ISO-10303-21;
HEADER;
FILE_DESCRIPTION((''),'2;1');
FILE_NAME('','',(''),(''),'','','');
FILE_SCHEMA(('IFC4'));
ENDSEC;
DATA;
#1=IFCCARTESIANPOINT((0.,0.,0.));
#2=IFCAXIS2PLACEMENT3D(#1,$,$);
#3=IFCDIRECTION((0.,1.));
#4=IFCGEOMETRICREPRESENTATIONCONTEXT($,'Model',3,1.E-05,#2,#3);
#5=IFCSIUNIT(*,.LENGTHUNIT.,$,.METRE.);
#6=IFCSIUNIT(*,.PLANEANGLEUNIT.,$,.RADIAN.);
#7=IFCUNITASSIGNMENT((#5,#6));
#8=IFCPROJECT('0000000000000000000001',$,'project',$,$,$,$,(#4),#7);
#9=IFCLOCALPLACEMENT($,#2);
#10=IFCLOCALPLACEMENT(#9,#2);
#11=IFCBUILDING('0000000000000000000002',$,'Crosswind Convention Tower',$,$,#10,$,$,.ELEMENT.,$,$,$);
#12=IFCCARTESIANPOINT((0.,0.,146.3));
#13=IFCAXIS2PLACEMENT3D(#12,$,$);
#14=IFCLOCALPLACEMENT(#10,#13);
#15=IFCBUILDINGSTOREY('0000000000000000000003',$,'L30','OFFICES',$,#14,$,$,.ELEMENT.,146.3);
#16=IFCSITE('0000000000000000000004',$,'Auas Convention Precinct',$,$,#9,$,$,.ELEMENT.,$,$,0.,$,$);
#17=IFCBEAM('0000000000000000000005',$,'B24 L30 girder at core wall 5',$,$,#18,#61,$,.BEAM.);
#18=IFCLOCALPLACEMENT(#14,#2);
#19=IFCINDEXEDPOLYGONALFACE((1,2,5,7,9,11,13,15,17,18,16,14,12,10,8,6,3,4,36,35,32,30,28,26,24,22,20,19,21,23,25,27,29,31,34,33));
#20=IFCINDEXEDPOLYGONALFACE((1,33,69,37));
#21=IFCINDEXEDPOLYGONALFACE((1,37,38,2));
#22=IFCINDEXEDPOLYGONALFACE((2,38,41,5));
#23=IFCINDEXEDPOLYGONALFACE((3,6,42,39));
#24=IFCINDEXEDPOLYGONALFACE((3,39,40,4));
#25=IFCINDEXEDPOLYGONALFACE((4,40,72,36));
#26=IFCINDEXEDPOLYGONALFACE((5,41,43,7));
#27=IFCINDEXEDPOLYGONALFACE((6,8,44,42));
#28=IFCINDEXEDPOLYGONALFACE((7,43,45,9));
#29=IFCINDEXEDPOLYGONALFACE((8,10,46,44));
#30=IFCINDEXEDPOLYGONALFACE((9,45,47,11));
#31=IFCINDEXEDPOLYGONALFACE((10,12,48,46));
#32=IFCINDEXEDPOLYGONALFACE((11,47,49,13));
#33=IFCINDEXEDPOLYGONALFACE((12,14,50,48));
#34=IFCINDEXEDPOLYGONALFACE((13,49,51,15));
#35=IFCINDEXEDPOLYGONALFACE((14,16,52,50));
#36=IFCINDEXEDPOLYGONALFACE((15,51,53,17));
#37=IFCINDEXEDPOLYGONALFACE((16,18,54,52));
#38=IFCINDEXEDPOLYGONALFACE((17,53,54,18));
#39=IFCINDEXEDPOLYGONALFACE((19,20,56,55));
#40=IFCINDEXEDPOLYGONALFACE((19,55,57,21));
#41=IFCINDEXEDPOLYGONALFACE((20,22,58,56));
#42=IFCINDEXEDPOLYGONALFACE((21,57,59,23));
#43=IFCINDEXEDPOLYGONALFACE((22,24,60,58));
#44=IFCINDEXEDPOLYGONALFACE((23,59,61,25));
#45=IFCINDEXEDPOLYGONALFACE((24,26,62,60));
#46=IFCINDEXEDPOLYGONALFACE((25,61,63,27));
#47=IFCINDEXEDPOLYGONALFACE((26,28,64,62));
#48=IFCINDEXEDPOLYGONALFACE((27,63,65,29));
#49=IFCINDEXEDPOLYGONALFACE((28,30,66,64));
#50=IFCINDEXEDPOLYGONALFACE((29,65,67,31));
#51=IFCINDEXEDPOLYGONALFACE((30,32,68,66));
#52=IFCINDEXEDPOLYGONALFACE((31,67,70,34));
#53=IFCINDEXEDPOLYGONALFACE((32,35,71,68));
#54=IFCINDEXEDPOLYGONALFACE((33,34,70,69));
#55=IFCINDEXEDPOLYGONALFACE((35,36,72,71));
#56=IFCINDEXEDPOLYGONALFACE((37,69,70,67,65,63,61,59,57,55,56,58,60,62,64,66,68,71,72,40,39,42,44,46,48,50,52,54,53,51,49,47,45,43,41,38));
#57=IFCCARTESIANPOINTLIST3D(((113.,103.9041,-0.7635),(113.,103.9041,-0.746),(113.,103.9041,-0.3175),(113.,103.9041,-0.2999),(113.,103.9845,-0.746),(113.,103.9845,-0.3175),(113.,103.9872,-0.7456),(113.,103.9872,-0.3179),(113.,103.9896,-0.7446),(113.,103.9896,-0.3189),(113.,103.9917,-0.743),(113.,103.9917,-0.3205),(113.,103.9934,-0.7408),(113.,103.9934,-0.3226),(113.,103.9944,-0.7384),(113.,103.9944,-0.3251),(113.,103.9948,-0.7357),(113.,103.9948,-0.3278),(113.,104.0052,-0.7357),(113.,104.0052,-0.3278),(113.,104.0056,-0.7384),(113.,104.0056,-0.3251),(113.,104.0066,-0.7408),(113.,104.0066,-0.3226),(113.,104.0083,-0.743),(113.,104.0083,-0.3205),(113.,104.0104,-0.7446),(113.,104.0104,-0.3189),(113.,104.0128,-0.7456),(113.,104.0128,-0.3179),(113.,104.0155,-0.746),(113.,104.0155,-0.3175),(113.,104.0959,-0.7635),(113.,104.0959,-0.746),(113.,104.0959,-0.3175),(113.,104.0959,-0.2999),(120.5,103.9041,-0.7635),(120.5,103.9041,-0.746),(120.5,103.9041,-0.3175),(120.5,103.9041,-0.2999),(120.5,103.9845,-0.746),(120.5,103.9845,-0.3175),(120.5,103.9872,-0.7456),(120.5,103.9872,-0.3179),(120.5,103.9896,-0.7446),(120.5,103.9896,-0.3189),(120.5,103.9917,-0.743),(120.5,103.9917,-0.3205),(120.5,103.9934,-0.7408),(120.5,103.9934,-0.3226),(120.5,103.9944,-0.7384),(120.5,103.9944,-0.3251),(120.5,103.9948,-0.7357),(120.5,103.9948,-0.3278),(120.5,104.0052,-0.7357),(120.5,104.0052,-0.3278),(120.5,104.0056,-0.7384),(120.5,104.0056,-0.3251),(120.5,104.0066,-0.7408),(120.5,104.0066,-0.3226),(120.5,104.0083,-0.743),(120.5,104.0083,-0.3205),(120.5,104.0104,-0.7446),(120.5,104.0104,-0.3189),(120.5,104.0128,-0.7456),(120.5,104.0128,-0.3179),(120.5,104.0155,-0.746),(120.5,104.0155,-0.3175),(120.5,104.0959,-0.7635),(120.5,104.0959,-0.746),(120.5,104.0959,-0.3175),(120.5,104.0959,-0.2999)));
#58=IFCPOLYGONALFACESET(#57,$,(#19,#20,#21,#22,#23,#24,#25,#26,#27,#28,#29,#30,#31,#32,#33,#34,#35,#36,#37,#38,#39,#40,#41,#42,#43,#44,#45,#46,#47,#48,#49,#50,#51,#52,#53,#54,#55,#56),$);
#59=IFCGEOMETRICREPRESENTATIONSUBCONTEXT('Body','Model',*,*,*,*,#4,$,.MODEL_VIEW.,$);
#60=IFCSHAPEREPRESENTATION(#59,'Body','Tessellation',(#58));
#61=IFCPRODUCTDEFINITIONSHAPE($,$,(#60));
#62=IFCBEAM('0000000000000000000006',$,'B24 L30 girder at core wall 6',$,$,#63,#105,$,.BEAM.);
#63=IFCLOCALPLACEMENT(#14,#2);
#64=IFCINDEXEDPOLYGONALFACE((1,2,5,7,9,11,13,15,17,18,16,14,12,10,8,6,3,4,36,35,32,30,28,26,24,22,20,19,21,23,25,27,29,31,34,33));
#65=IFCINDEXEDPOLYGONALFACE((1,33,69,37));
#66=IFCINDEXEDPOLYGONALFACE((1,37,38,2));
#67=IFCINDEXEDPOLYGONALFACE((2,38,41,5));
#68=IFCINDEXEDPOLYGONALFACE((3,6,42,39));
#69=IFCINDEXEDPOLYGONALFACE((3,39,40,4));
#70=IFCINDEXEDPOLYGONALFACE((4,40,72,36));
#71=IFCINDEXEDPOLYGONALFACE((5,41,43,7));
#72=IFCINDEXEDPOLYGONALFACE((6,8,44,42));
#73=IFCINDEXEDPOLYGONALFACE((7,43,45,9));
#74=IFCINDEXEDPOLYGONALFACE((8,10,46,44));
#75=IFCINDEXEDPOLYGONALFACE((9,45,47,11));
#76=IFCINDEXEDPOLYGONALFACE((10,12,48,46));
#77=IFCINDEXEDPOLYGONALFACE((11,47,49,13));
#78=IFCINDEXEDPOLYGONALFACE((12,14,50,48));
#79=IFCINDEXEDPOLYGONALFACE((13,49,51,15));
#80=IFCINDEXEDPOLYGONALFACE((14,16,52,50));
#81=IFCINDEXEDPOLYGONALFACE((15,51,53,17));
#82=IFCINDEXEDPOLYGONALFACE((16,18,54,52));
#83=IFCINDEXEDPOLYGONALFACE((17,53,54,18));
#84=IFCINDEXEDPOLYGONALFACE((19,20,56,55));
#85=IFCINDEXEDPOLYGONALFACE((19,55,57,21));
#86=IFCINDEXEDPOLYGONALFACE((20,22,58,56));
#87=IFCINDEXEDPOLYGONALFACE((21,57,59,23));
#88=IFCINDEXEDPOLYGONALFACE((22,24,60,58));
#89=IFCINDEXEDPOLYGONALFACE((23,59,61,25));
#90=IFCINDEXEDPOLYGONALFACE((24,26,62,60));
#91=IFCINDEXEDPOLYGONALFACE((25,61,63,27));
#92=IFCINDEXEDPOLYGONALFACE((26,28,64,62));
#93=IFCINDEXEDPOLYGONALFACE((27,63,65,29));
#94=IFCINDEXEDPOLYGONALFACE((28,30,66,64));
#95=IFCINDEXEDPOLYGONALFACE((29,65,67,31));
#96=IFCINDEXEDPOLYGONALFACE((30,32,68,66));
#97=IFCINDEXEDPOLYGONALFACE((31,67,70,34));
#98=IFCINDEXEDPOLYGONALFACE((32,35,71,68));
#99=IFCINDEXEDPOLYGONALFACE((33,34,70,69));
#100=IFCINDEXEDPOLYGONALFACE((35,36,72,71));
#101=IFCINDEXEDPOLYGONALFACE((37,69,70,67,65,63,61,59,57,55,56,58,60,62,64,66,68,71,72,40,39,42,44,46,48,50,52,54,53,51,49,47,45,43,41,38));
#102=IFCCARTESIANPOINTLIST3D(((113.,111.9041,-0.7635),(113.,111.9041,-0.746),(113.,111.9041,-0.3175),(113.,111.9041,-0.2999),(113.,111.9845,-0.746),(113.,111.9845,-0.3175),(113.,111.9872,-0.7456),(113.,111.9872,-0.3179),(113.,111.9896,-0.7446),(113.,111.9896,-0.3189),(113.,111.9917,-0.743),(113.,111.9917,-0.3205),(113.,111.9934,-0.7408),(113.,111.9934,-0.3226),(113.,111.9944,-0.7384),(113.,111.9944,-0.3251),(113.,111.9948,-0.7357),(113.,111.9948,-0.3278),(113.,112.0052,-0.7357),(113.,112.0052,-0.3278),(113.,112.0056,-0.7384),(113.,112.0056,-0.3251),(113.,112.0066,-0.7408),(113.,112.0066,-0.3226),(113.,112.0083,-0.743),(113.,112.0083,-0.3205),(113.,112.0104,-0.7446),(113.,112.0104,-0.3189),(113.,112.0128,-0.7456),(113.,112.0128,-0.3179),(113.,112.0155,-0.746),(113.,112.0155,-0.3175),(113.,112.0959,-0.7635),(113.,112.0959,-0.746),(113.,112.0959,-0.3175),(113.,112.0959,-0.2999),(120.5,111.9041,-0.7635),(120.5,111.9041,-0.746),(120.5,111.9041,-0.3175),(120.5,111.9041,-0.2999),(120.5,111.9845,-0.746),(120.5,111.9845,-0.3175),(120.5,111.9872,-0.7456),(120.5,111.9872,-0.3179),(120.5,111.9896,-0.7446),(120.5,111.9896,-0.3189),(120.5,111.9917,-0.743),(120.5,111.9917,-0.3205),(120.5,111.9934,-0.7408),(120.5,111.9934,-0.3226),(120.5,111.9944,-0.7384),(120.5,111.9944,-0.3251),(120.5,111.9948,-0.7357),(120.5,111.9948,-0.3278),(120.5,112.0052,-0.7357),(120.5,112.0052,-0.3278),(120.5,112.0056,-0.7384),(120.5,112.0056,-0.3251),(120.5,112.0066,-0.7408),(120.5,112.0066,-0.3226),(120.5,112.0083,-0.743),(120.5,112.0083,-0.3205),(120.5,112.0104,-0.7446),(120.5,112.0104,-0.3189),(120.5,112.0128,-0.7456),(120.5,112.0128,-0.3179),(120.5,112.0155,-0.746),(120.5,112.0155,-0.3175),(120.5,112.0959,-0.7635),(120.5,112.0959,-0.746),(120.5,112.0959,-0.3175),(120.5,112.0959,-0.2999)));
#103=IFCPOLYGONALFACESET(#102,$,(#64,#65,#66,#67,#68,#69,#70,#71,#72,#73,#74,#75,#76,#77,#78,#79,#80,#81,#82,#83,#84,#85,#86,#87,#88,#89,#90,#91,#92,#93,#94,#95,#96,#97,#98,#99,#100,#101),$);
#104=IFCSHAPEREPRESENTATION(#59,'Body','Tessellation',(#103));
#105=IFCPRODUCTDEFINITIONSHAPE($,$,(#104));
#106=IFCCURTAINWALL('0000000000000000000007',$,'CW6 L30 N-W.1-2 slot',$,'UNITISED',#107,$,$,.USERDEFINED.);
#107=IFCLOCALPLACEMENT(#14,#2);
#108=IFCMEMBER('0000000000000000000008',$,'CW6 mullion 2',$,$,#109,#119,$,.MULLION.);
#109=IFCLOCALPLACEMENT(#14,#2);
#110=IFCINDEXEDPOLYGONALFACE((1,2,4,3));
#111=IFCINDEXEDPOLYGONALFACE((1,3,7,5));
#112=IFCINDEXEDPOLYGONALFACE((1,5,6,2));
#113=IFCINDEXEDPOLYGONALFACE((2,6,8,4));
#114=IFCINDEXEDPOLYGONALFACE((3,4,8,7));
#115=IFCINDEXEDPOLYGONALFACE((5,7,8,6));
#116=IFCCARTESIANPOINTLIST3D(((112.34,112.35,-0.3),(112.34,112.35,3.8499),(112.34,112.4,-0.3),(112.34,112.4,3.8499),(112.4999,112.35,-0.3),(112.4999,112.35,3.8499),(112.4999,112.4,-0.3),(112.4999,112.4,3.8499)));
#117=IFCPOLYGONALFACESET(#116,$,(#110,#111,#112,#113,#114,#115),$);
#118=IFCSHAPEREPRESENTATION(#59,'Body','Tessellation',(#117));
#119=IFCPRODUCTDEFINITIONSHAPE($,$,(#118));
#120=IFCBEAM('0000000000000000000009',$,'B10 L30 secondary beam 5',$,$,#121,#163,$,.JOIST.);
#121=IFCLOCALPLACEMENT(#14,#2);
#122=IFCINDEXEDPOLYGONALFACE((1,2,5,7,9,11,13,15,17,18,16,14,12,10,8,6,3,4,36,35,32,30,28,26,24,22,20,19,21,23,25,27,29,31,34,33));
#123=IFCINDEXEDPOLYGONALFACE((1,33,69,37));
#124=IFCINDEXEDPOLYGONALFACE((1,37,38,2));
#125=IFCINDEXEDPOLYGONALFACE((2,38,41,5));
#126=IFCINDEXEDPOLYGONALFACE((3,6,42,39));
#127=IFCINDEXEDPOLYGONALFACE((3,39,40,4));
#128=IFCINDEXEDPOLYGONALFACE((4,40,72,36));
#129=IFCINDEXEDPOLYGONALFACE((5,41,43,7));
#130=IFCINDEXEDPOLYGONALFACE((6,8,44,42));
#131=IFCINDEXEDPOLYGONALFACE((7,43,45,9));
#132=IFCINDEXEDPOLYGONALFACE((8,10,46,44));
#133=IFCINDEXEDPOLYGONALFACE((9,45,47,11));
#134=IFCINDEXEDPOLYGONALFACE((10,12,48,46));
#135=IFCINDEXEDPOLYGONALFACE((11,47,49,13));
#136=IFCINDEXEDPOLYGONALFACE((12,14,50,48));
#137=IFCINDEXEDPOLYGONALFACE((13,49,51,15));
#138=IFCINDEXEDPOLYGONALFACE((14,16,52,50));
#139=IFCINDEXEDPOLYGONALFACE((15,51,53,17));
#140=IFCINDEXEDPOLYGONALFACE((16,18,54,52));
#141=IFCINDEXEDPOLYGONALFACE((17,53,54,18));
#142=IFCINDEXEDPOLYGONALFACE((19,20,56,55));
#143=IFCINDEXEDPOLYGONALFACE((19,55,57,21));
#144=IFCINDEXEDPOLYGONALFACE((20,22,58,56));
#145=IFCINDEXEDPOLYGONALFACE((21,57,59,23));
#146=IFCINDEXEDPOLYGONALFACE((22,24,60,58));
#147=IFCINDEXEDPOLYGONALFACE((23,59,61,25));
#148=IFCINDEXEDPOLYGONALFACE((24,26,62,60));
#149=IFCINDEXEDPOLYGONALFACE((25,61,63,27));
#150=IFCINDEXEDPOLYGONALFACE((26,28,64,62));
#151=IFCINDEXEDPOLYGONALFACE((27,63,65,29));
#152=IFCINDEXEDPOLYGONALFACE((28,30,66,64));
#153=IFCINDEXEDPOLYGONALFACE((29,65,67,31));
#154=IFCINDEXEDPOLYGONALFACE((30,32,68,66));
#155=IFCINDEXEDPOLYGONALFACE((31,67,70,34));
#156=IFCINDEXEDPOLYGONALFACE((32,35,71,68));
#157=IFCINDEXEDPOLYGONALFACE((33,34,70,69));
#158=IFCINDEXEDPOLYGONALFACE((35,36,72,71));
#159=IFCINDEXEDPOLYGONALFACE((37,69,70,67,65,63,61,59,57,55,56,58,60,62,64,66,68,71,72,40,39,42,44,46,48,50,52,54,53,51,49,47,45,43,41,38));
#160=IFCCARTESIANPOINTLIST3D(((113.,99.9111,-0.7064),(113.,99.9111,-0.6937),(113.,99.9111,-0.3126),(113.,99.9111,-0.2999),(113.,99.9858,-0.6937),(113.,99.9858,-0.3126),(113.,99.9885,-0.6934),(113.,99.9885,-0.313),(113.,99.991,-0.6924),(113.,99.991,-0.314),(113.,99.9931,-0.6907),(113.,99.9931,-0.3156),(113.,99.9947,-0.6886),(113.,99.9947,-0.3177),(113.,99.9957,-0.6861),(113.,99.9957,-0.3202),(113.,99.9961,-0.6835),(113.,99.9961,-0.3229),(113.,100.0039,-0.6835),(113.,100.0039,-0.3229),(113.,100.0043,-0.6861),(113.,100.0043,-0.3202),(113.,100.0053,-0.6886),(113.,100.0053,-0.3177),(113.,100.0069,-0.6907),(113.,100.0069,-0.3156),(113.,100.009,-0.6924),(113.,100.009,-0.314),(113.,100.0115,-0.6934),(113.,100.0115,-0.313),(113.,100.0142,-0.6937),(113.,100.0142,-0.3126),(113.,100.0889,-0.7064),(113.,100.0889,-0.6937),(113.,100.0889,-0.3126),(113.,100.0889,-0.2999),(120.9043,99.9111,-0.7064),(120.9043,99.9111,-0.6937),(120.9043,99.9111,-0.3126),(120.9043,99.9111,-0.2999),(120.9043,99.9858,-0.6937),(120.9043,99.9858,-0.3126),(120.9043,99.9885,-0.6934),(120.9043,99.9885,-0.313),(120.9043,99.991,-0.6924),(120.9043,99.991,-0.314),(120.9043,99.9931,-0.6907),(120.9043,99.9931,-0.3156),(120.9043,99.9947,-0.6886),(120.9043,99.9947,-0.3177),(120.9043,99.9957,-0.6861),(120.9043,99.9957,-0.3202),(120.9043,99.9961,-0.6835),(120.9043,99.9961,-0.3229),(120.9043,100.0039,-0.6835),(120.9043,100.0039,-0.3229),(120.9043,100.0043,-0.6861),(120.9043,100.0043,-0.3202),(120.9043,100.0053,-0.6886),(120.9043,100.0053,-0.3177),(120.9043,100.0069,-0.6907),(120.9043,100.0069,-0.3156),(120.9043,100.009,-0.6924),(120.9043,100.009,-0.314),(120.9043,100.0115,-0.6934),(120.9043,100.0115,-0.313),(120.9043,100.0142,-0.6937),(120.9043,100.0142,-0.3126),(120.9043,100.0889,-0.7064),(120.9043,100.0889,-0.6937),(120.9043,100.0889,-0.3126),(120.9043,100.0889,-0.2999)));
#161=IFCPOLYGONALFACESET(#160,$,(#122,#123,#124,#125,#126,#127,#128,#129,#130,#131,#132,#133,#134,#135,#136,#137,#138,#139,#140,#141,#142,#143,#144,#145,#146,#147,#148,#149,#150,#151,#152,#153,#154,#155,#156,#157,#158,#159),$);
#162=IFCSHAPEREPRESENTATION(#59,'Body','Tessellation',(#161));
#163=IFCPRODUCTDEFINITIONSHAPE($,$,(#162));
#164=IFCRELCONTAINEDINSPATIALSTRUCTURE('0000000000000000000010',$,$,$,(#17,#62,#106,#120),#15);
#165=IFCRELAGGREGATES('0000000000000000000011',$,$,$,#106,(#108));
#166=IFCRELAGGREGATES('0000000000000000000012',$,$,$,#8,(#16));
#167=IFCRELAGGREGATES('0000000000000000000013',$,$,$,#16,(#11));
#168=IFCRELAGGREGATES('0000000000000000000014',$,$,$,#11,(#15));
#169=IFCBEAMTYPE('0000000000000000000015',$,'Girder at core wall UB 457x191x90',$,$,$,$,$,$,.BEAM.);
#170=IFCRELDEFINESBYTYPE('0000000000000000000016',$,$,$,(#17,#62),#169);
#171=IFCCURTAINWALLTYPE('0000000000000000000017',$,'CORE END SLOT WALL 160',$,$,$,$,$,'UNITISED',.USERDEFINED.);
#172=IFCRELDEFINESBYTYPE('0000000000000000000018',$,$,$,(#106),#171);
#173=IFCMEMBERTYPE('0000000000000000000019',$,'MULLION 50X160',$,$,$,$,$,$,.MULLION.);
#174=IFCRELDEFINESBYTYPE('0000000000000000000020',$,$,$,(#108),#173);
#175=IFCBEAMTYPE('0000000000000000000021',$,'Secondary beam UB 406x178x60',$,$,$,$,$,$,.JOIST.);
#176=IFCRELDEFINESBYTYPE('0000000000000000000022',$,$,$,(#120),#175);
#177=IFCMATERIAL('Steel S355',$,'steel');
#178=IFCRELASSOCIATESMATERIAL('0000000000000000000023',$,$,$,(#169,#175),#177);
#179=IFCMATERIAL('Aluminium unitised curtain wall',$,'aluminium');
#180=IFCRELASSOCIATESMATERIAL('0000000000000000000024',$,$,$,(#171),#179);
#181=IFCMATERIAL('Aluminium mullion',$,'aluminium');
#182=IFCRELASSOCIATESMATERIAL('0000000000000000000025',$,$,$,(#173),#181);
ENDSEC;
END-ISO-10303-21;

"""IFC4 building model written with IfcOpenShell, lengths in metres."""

from ifc_helpers import new_model, si_unit, direction, frame, origin, origin_2d, place, context, subcontext, project, spatial, rectangle, i_section, extrude, material, material_profile, profile_set, type_object, element, aggregate, save


model = new_model("IFC4")

# Units and contexts
model_context = context("Model", 3, precision=1e-05, world=origin(), true_north=direction((0.0, 1.0)))
body_context = subcontext(model_context, "Body", "Model", "MODEL_VIEW")
ifc_project = project(units=[si_unit("LENGTHUNIT", "METRE"), si_unit("PLANEANGLEUNIT", "RADIAN")], contexts=[model_context])

# Site, building, storey
site_placement = place(None, origin())
site = spatial("IfcSite", under=ifc_project, at=site_placement, Name="Auas Convention Precinct", CompositionType="ELEMENT", RefElevation=0.0)
building_placement = place(site_placement, origin())
building = spatial("IfcBuilding", under=site, at=building_placement, Name="Crosswind Convention Tower", CompositionType="ELEMENT")
storey_placement = place(building_placement, frame((0.0, 0.0, 146.3)))
storey = spatial("IfcBuildingStorey", under=building, at=storey_placement, Name="L30", Description="OFFICES", CompositionType="ELEMENT", Elevation=146.3)

# Beams
ifc_material_1 = material(Name="Steel S355", Category="steel")
ifc_material_profile_1 = material_profile(ifc_material_1, i_section(OverallWidth=0.1919, OverallDepth=0.4636, WebThickness=0.0105, FlangeThickness=0.0176, FilletRadius=0.0103, at=origin_2d()), Name="UB 457x191x90")
ifc_profile_set_1 = profile_set([ifc_material_profile_1], Name="Steel S355")
beam_type_1 = type_object("IfcBeamType", Name="Girder at core wall UB 457x191x90", PredefinedType="BEAM", material=ifc_profile_set_1)
for number, where, z_axis, x_axis, name in (
    (1, (113.0, 104.0, -0.5317), (1.0, 0.0, 0.0), (0.0, 1.0, 0.0), "B24 L30 girder at core wall 5"),
    (2, (113.0, 112.0, -0.5317), (1.0, 0.0, 0.0), (0.0, 1.0, 0.0), "B24 L30 girder at core wall 6"),
):
    element("IfcBeam", number, at=place(storey_placement, frame(where, z_axis=z_axis, x_axis=x_axis)), inside=storey, type_object=beam_type_1, Name=name, PredefinedType="BEAM", context=body_context, shape_type="SweptSolid", body=[
        extrude(i_section(OverallWidth=0.1919, OverallDepth=0.4636, WebThickness=0.0105, FlangeThickness=0.0176, FilletRadius=0.0103, at=origin_2d()), origin(), (0.0, 0.0, 1.0), 7.5),
    ])

# Curtain wall, member
ifc_material_2 = material(Name="Aluminium unitised curtain wall", Category="aluminium")
curtain_wall_type = type_object("IfcCurtainWallType", Name="CORE END SLOT WALL 160", ElementType="UNITISED", PredefinedType="USERDEFINED", material=ifc_material_2)
curtain_wall_placement = place(storey_placement, origin())
curtain_wall = element("IfcCurtainWall", 3, at=curtain_wall_placement, inside=storey, type_object=curtain_wall_type, Name="CW6 L30 N-W.1-2 slot", ObjectType="UNITISED", PredefinedType="USERDEFINED")
ifc_material_3 = material(Name="Aluminium mullion", Category="aluminium")
ifc_material_profile_2 = material_profile(ifc_material_3, rectangle(XDim=0.1599, YDim=0.05, at=origin_2d()), Name="AL 160X50")
ifc_profile_set_2 = profile_set([ifc_material_profile_2], Name="Aluminium mullion")
member_type = type_object("IfcMemberType", Name="MULLION 50X160", PredefinedType="MULLION", material=ifc_profile_set_2)
member_placement = place(storey_placement, frame((112.4199, 112.375, -0.3), z_axis=(0.0, 0.0, 1.0), x_axis=(-1.0, 0.0, 0.0)))
member = element("IfcMember", 4, at=member_placement, type_object=member_type, Name="CW6 mullion 2", PredefinedType="MULLION", context=body_context, shape_type="SweptSolid", body=[
    extrude(rectangle(XDim=0.1599, YDim=0.05, at=origin_2d()), origin(), (0.0, 0.0, 1.0), 4.1499),
])
aggregate(curtain_wall, [member])

# Beam
ifc_material_profile_3 = material_profile(ifc_material_1, i_section(OverallWidth=0.1777, OverallDepth=0.4065, WebThickness=0.0078, FlangeThickness=0.0127, FilletRadius=0.0103, at=origin_2d()), Name="UB 406x178x60")
ifc_profile_set_3 = profile_set([ifc_material_profile_3], Name="Steel S355")
beam_type_2 = type_object("IfcBeamType", Name="Secondary beam UB 406x178x60", PredefinedType="JOIST", material=ifc_profile_set_3)
for number, where, z_axis, x_axis, name in (
    (5, (113.0, 100.0, -0.5032), (1.0, 0.0, 0.0), (0.0, 1.0, 0.0), "B10 L30 secondary beam 5"),
):
    element("IfcBeam", number, at=place(storey_placement, frame(where, z_axis=z_axis, x_axis=x_axis)), inside=storey, type_object=beam_type_2, Name=name, PredefinedType="JOIST", context=body_context, shape_type="SweptSolid", body=[
        extrude(i_section(OverallWidth=0.1777, OverallDepth=0.4065, WebThickness=0.0078, FlangeThickness=0.0127, FilletRadius=0.0103, at=origin_2d()), origin(), (0.0, 0.0, 1.0), 7.9043),
    ])

save(model, "model.ifc")
